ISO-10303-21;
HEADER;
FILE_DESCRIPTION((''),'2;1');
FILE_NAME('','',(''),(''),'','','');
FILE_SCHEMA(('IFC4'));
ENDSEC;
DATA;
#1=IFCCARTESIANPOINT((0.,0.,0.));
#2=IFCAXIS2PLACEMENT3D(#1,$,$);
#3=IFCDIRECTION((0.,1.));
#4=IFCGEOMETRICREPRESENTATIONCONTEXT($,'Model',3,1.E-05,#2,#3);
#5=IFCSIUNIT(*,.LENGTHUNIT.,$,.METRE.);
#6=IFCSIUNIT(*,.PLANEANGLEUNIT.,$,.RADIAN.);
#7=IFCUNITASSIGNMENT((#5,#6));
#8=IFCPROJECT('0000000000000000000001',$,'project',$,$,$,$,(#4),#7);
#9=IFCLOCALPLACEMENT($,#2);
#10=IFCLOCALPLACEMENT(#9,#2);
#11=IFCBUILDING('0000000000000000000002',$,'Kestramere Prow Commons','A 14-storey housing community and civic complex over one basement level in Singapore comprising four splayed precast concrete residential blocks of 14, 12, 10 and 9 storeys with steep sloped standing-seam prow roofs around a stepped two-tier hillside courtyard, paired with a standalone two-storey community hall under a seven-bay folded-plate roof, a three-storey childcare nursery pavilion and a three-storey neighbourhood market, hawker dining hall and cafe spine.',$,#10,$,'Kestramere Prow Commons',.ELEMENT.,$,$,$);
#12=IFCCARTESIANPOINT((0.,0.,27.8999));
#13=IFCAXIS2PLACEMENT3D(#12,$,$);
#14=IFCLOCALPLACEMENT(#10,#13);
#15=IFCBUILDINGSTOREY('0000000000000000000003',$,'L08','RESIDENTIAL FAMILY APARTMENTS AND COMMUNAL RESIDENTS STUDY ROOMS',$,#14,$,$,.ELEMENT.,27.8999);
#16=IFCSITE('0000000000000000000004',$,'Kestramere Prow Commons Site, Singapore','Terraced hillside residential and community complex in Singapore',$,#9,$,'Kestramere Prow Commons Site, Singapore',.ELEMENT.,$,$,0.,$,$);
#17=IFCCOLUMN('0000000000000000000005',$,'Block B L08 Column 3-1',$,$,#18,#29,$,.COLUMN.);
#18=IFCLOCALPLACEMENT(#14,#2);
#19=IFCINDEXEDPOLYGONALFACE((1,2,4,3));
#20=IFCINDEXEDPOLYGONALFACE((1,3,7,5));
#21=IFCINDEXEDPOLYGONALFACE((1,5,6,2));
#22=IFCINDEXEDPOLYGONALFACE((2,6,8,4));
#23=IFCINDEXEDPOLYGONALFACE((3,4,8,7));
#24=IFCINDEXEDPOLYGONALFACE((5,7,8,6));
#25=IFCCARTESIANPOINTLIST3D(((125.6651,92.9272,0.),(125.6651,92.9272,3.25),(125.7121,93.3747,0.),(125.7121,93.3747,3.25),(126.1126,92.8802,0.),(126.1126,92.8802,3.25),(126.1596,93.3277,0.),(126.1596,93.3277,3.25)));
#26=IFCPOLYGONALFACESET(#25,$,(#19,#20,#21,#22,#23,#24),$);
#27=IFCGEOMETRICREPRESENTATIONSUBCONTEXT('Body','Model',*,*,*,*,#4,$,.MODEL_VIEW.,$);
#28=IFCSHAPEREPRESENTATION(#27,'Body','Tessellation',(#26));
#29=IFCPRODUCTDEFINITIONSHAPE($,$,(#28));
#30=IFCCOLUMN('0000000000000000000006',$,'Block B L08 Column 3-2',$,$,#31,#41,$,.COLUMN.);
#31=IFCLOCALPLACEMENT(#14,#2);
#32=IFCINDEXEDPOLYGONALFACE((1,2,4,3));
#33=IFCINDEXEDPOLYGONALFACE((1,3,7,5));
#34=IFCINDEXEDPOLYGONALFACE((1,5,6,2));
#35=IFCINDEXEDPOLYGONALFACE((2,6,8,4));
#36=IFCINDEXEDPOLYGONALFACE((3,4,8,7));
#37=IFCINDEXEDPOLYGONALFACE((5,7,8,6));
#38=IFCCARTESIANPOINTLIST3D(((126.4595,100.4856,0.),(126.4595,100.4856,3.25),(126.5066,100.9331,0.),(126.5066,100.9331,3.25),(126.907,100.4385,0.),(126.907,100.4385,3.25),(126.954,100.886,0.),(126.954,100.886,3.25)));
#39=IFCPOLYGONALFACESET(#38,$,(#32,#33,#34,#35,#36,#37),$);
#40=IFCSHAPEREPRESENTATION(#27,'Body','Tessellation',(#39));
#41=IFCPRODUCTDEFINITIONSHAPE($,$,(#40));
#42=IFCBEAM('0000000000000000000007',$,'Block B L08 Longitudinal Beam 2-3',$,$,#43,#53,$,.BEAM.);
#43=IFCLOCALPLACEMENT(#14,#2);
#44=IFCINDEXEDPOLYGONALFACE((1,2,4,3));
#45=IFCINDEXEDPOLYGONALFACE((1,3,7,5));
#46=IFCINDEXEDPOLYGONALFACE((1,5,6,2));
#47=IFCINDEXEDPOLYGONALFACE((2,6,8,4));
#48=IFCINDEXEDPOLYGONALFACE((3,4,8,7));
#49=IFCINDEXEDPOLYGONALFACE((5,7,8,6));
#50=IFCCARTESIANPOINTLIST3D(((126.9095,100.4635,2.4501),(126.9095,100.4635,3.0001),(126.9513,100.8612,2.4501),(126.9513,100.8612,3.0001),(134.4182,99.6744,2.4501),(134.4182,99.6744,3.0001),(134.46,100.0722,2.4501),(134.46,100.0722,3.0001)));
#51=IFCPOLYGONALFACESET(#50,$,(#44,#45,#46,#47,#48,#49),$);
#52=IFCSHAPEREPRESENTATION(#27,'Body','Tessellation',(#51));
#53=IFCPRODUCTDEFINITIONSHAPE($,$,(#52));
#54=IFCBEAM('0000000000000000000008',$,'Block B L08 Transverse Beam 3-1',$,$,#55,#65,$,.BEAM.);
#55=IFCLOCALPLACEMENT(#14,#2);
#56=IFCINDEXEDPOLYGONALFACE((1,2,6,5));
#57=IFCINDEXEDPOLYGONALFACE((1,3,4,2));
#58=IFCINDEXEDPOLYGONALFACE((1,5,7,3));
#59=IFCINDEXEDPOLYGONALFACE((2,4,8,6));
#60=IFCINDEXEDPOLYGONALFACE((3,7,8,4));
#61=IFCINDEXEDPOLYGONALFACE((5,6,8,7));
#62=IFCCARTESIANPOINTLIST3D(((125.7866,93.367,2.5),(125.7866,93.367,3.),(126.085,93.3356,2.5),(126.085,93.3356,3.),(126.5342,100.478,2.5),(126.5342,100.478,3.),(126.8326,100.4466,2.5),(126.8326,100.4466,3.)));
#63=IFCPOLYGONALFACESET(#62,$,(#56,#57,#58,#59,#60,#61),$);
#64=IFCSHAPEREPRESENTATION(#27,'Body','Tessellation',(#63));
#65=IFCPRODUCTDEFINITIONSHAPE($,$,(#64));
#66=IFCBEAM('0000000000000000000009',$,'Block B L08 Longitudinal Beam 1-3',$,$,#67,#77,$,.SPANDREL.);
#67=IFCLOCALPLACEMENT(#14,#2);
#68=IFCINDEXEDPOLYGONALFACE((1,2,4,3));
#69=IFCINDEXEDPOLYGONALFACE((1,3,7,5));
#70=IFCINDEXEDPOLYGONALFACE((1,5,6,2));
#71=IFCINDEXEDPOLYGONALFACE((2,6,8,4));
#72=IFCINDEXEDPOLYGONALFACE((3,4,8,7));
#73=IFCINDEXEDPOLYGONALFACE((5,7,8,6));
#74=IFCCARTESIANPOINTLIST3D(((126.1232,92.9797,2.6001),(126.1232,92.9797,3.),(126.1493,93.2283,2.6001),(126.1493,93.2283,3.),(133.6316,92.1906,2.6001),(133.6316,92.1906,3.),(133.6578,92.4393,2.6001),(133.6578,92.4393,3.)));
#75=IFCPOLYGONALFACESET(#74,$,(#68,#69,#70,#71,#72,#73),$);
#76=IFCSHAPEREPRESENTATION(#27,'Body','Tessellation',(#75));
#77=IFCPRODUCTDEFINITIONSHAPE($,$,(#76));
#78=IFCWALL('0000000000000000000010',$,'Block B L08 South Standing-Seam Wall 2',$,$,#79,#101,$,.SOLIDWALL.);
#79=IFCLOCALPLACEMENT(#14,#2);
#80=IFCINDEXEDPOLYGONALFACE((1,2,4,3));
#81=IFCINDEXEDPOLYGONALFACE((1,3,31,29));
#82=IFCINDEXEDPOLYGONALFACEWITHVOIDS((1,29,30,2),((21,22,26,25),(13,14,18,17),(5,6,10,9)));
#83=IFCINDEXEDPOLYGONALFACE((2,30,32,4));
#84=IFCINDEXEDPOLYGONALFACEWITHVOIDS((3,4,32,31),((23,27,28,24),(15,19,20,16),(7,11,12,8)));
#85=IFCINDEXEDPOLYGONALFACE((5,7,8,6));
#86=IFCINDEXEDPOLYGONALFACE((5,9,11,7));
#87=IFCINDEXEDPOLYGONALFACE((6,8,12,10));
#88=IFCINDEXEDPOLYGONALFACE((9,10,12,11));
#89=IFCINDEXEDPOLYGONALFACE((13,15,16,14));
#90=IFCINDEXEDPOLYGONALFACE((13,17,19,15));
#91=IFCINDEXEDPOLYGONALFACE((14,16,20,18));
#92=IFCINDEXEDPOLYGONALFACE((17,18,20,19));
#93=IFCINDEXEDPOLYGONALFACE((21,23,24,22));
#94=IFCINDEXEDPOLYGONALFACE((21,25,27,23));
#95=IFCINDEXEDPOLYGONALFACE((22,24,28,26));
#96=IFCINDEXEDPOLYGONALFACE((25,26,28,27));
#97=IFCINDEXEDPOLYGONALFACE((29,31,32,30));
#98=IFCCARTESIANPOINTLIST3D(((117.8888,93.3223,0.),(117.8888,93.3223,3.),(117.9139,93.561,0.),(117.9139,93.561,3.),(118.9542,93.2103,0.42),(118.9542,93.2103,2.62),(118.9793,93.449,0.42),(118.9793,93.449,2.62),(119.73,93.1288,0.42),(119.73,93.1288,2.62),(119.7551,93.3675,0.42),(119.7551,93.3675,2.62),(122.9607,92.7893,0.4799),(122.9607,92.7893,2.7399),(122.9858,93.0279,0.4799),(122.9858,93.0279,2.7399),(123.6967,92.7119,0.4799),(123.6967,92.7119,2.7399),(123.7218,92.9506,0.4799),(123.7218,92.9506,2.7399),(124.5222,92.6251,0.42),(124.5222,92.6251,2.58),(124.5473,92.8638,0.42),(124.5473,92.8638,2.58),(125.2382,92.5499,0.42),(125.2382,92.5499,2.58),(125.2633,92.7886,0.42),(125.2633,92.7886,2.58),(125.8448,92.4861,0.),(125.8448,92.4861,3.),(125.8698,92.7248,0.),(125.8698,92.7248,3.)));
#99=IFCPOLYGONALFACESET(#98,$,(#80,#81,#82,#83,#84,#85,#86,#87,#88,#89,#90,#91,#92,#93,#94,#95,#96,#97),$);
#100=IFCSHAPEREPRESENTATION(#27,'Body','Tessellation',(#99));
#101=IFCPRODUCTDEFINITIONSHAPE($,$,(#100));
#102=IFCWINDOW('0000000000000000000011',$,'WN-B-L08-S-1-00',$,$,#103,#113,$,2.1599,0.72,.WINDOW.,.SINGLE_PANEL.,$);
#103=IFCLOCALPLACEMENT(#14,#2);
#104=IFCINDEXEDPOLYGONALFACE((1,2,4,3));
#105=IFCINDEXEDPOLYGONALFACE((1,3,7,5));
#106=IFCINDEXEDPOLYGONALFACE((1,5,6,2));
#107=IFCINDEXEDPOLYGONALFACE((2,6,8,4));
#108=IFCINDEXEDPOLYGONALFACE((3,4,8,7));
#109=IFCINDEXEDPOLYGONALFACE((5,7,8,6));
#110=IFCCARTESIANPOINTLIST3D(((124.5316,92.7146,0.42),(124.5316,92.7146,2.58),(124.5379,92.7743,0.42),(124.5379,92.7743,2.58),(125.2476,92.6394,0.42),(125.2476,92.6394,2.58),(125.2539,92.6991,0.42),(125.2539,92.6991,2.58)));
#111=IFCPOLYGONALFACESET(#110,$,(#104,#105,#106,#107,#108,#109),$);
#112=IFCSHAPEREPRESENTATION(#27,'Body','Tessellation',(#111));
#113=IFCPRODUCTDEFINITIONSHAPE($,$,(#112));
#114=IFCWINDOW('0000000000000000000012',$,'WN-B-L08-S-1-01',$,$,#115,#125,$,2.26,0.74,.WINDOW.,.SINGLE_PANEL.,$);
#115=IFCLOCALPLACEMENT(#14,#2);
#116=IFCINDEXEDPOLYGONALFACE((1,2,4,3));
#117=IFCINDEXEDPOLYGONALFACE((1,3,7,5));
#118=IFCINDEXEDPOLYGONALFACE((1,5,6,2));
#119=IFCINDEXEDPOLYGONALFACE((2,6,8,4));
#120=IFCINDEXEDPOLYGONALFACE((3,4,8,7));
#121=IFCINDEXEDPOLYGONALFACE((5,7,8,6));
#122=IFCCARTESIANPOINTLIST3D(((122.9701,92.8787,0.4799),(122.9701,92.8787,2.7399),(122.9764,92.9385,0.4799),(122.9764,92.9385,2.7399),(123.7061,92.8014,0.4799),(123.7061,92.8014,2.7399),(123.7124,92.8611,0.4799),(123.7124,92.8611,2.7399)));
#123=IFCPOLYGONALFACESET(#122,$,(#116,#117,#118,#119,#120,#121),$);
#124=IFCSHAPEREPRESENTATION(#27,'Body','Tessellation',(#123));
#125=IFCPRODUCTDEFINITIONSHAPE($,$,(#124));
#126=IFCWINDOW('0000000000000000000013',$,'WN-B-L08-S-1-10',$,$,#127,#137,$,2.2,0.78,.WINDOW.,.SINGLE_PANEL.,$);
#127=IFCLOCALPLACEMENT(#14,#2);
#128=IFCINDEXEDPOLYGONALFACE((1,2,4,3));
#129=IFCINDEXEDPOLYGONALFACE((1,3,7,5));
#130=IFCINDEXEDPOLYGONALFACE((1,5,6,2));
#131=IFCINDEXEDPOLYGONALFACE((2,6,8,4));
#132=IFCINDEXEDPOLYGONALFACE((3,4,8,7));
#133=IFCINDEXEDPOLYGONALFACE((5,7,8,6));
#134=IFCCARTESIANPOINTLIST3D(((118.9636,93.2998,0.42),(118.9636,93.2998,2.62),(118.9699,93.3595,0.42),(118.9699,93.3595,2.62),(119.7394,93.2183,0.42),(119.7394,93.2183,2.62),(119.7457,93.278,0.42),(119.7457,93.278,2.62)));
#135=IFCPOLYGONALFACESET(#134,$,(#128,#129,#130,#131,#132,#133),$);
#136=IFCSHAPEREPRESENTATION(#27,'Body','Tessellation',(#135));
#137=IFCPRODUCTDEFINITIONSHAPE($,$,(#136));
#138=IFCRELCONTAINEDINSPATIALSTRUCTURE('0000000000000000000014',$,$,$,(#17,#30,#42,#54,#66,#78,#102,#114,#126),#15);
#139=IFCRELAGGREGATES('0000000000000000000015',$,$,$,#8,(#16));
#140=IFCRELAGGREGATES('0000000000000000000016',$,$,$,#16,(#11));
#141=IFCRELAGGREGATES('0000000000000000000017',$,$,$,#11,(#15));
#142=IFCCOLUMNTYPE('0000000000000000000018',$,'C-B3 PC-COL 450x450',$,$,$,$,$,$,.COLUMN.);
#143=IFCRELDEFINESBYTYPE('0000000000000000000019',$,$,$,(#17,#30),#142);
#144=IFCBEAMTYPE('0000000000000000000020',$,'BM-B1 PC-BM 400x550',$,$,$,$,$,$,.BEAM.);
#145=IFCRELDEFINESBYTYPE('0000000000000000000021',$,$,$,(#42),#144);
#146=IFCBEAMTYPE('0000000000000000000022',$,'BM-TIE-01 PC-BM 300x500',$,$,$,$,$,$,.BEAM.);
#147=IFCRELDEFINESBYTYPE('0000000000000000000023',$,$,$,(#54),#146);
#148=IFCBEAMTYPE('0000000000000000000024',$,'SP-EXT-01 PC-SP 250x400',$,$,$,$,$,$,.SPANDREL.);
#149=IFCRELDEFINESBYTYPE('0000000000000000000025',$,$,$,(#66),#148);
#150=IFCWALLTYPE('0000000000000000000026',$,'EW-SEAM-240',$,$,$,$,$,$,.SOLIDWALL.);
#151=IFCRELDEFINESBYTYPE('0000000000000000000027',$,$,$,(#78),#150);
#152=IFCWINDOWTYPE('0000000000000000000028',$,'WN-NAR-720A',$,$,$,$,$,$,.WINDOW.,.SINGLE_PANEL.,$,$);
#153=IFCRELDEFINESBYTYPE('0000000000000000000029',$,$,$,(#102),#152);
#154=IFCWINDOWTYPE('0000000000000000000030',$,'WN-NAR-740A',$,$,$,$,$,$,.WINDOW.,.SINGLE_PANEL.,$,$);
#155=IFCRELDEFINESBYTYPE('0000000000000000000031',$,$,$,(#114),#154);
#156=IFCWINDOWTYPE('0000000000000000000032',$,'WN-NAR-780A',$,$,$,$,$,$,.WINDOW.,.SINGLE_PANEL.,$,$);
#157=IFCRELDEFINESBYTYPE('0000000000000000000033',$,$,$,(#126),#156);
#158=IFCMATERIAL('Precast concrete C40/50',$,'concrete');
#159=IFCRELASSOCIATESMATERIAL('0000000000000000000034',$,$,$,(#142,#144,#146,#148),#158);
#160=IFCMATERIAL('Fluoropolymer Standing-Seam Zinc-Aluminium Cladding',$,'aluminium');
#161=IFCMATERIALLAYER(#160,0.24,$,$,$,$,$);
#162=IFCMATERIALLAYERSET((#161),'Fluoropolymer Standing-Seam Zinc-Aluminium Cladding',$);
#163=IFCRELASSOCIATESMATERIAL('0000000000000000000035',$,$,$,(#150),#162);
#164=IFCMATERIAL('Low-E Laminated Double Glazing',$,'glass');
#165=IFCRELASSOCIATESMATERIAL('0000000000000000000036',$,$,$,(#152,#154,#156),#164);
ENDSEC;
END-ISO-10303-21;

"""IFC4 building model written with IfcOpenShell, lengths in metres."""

from ifc_helpers import new_model, si_unit, direction, frame, frame_2d, origin, origin_2d, place, context, subcontext, project, spatial, rectangle, extrude, material, layer, layer_set, material_profile, profile_set, type_object, element, fill, save


model = new_model("IFC4")

# Units and contexts
model_context = context("Model", 3, precision=1e-05, world=origin(), true_north=direction((0.0, 1.0)))
body_context = subcontext(model_context, "Body", "Model", "MODEL_VIEW")
ifc_project = project(units=[si_unit("LENGTHUNIT", "METRE"), si_unit("PLANEANGLEUNIT", "RADIAN")], contexts=[model_context])

# Site, building, storey
site_placement = place(None, origin())
site = spatial("IfcSite", under=ifc_project, at=site_placement, Name="Kestramere Prow Commons Site, Singapore", Description="Terraced hillside residential and community complex in Singapore", LongName="Kestramere Prow Commons Site, Singapore", CompositionType="ELEMENT", RefElevation=0.0)
building_placement = place(site_placement, origin())
building = spatial("IfcBuilding", under=site, at=building_placement, Name="Kestramere Prow Commons", Description="A 14-storey housing community and civic complex over one basement level in Singapore comprising four splayed precast concrete residential blocks of 14, 12, 10 and 9 storeys with steep sloped standing-seam prow roofs around a stepped two-tier hillside courtyard, paired with a standalone two-storey community hall under a seven-bay folded-plate roof, a three-storey childcare nursery pavilion and a three-storey neighbourhood market, hawker dining hall and cafe spine.", LongName="Kestramere Prow Commons", CompositionType="ELEMENT")
storey_placement = place(building_placement, frame((0.0, 0.0, 27.8999)))
storey = spatial("IfcBuildingStorey", under=building, at=storey_placement, Name="L08", Description="RESIDENTIAL FAMILY APARTMENTS AND COMMUNAL RESIDENTS STUDY ROOMS", CompositionType="ELEMENT", Elevation=27.8999)

# Columns
ifc_material_1 = material(Name="Precast concrete C40/50", Category="concrete")
ifc_material_profile_1 = material_profile(ifc_material_1, rectangle(XDim=0.45, YDim=0.45, at=origin_2d()), Name="PC-COL 450x450")
ifc_profile_set_1 = profile_set([ifc_material_profile_1], Name="Precast concrete C40/50")
column_type = type_object("IfcColumnType", Name="C-B3 PC-COL 450x450", PredefinedType="COLUMN", material=ifc_profile_set_1)
for number, where, z_axis, x_axis, name in (
    (1, (125.9124, 93.1274, 0.0), (0.0, 0.0, 1.0), (0.994522, -0.104528, 0.0), "Block B L08 Column 3-1"),
    (2, (126.7068, 100.6858, 0.0), (0.0, 0.0, 1.0), (0.994522, -0.104528, 0.0), "Block B L08 Column 3-2"),
):
    element("IfcColumn", number, at=place(storey_placement, frame(where, z_axis=z_axis, x_axis=x_axis)), inside=storey, type_object=column_type, Name=name, PredefinedType="COLUMN", context=body_context, shape_type="SweptSolid", body=[
        extrude(rectangle(XDim=0.45, YDim=0.45, at=origin_2d()), origin(), (0.0, 0.0, 1.0), 3.25),
    ])

# Beams
ifc_material_profile_2 = material_profile(ifc_material_1, rectangle(XDim=0.3999, YDim=0.55, at=origin_2d()), Name="PC-BM 400x550")
ifc_profile_set_2 = profile_set([ifc_material_profile_2], Name="Precast concrete C40/50")
beam_type_1 = type_object("IfcBeamType", Name="BM-B1 PC-BM 400x550", PredefinedType="BEAM", material=ifc_profile_set_2)
beam_1_placement = place(storey_placement, frame((126.9304, 100.6624, 2.7251), z_axis=(0.994524, -0.10451, 0.0), x_axis=(0.10451, 0.994524, 0.0)))
element("IfcBeam", 3, at=beam_1_placement, inside=storey, type_object=beam_type_1, Name="Block B L08 Longitudinal Beam 2-3", PredefinedType="BEAM", context=body_context, shape_type="SweptSolid", body=[
    extrude(rectangle(XDim=0.3999, YDim=0.55, at=origin_2d()), origin(), (0.0, 0.0, 1.0), 7.55),
])
ifc_material_profile_3 = material_profile(ifc_material_1, rectangle(XDim=0.3, YDim=0.5, at=origin_2d()), Name="PC-BM 300x500")
ifc_profile_set_3 = profile_set([ifc_material_profile_3], Name="Precast concrete C40/50")
beam_type_2 = type_object("IfcBeamType", Name="BM-TIE-01 PC-BM 300x500", PredefinedType="BEAM", material=ifc_profile_set_3)
beam_2_placement = place(storey_placement, frame((125.9358, 93.3513, 2.75), z_axis=(0.104553, 0.994519, 0.0), x_axis=(-0.994519, 0.104553, 0.0)))
element("IfcBeam", 4, at=beam_2_placement, inside=storey, type_object=beam_type_2, Name="Block B L08 Transverse Beam 3-1", PredefinedType="BEAM", context=body_context, shape_type="SweptSolid", body=[
    extrude(rectangle(XDim=0.3, YDim=0.5, at=origin_2d()), origin(), (0.0, 0.0, 1.0), 7.1501),
])
ifc_material_profile_4 = material_profile(ifc_material_1, rectangle(XDim=0.25, YDim=0.3999, at=origin_2d()), Name="PC-SP 250x400")
ifc_profile_set_4 = profile_set([ifc_material_profile_4], Name="Precast concrete C40/50")
beam_type_3 = type_object("IfcBeamType", Name="SP-EXT-01 PC-SP 250x400", PredefinedType="SPANDREL", material=ifc_profile_set_4)
beam_3_placement = place(storey_placement, frame((126.1362, 93.104, 2.8), z_axis=(0.994524, -0.104513, 0.0), x_axis=(0.104513, 0.994524, 0.0)))
element("IfcBeam", 5, at=beam_3_placement, inside=storey, type_object=beam_type_3, Name="Block B L08 Longitudinal Beam 1-3", PredefinedType="SPANDREL", context=body_context, shape_type="SweptSolid", body=[
    extrude(rectangle(XDim=0.25, YDim=0.3999, at=origin_2d()), origin(), (0.0, 0.0, 1.0), 7.5498),
])

# Wall, openings, windows
ifc_material_2 = material(Name="Fluoropolymer Standing-Seam Zinc-Aluminium Cladding", Category="aluminium")
ifc_layer_1 = layer(ifc_material_2, 0.24)
ifc_layer_set_1 = layer_set([ifc_layer_1], Name="Fluoropolymer Standing-Seam Zinc-Aluminium Cladding")
wall_type_1 = type_object("IfcWallType", Name="EW-SEAM-240", PredefinedType="SOLIDWALL", material=ifc_layer_set_1)
wall_1_placement = place(storey_placement, frame((125.8574, 92.6055, 0.0), z_axis=(0.0, 0.0, 1.0), x_axis=(-0.994522, 0.104524, 0.0)))
wall_1 = element("IfcWall", 6, at=wall_1_placement, inside=storey, type_object=wall_type_1, Name="Block B L08 South Standing-Seam Wall 2", PredefinedType="SOLIDWALL", context=body_context, shape_type="SweptSolid", body=[
    extrude(rectangle(XDim=7.9998, YDim=0.24, at=frame_2d((4.0, 0.0))), origin(), (0.0, 0.0, 1.0), 3.0),
])
opening_1_placement = place(wall_1_placement, frame((0.6101, 0.0, 0.4199)))
opening_1 = element("IfcOpeningElement", 7, at=opening_1_placement, cuts=wall_1, PredefinedType="OPENING", context=body_context, shape_type="SweptSolid", body=[
    extrude(rectangle(XDim=0.72, YDim=2.1599, at=frame_2d((0.3599, 1.0801))), frame((0.0, 0.135, 0.0), z_axis=(0.0, -1.0, 0.0), x_axis=(1.0, 0.0, 0.0)), (0.0, 0.0, 1.0), 0.27),
])
opening_2_placement = place(wall_1_placement, frame((2.1599, 0.0, 0.48)))
opening_2 = element("IfcOpeningElement", 8, at=opening_2_placement, cuts=wall_1, PredefinedType="OPENING", context=body_context, shape_type="SweptSolid", body=[
    extrude(rectangle(XDim=0.74, YDim=2.26, at=frame_2d((0.3701, 1.1299))), frame((0.0, 0.135, 0.0), z_axis=(0.0, -1.0, 0.0), x_axis=(1.0, 0.0, 0.0)), (0.0, 0.0, 1.0), 0.27),
])
opening_3_placement = place(wall_1_placement, frame((6.1484, 0.0, 0.4199)))
opening_3 = element("IfcOpeningElement", 9, at=opening_3_placement, cuts=wall_1, PredefinedType="OPENING", context=body_context, shape_type="SweptSolid", body=[
    extrude(rectangle(XDim=0.78, YDim=2.2, at=frame_2d((0.3901, 1.1001))), frame((0.0, 0.135, 0.0), z_axis=(0.0, -1.0, 0.0), x_axis=(1.0, 0.0, 0.0)), (0.0, 0.0, 1.0), 0.27),
])
ifc_material_3 = material(Name="Low-E Laminated Double Glazing", Category="glass")
window_type_1 = type_object("IfcWindowType", Name="WN-NAR-720A", PartitioningType="SINGLE_PANEL", PredefinedType="WINDOW", material=ifc_material_3)
window_1_placement = place(opening_1_placement, origin())
window_1 = element("IfcWindow", 10, at=window_1_placement, inside=storey, type_object=window_type_1, Name="WN-B-L08-S-1-00", OverallHeight=2.1599, OverallWidth=0.72, PartitioningType="SINGLE_PANEL", PredefinedType="WINDOW", context=body_context, shape_type="SweptSolid", body=[
    extrude(rectangle(XDim=0.72, YDim=2.1599, at=frame_2d((0.3599, 1.0801))), frame((0.0, 0.03, 0.0), z_axis=(0.0, -1.0, 0.0), x_axis=(1.0, 0.0, 0.0)), (0.0, 0.0, 1.0), 0.0601),
])
fill(opening_1, window_1)
window_type_2 = type_object("IfcWindowType", Name="WN-NAR-740A", PartitioningType="SINGLE_PANEL", PredefinedType="WINDOW", material=ifc_material_3)
window_2_placement = place(opening_2_placement, origin())
window_2 = element("IfcWindow", 11, at=window_2_placement, inside=storey, type_object=window_type_2, Name="WN-B-L08-S-1-01", OverallHeight=2.26, OverallWidth=0.74, PartitioningType="SINGLE_PANEL", PredefinedType="WINDOW", context=body_context, shape_type="SweptSolid", body=[
    extrude(rectangle(XDim=0.74, YDim=2.26, at=frame_2d((0.3701, 1.1299))), frame((0.0, 0.03, 0.0), z_axis=(0.0, -1.0, 0.0), x_axis=(1.0, 0.0, 0.0)), (0.0, 0.0, 1.0), 0.0601),
])
fill(opening_2, window_2)
window_type_3 = type_object("IfcWindowType", Name="WN-NAR-780A", PartitioningType="SINGLE_PANEL", PredefinedType="WINDOW", material=ifc_material_3)
window_3_placement = place(opening_3_placement, origin())
window_3 = element("IfcWindow", 12, at=window_3_placement, inside=storey, type_object=window_type_3, Name="WN-B-L08-S-1-10", OverallHeight=2.2, OverallWidth=0.78, PartitioningType="SINGLE_PANEL", PredefinedType="WINDOW", context=body_context, shape_type="SweptSolid", body=[
    extrude(rectangle(XDim=0.78, YDim=2.2, at=frame_2d((0.3901, 1.1001))), frame((0.0, 0.03, 0.0), z_axis=(0.0, -1.0, 0.0), x_axis=(1.0, 0.0, 0.0)), (0.0, 0.0, 1.0), 0.0601),
])
fill(opening_3, window_3)

save(model, "model.ifc")
